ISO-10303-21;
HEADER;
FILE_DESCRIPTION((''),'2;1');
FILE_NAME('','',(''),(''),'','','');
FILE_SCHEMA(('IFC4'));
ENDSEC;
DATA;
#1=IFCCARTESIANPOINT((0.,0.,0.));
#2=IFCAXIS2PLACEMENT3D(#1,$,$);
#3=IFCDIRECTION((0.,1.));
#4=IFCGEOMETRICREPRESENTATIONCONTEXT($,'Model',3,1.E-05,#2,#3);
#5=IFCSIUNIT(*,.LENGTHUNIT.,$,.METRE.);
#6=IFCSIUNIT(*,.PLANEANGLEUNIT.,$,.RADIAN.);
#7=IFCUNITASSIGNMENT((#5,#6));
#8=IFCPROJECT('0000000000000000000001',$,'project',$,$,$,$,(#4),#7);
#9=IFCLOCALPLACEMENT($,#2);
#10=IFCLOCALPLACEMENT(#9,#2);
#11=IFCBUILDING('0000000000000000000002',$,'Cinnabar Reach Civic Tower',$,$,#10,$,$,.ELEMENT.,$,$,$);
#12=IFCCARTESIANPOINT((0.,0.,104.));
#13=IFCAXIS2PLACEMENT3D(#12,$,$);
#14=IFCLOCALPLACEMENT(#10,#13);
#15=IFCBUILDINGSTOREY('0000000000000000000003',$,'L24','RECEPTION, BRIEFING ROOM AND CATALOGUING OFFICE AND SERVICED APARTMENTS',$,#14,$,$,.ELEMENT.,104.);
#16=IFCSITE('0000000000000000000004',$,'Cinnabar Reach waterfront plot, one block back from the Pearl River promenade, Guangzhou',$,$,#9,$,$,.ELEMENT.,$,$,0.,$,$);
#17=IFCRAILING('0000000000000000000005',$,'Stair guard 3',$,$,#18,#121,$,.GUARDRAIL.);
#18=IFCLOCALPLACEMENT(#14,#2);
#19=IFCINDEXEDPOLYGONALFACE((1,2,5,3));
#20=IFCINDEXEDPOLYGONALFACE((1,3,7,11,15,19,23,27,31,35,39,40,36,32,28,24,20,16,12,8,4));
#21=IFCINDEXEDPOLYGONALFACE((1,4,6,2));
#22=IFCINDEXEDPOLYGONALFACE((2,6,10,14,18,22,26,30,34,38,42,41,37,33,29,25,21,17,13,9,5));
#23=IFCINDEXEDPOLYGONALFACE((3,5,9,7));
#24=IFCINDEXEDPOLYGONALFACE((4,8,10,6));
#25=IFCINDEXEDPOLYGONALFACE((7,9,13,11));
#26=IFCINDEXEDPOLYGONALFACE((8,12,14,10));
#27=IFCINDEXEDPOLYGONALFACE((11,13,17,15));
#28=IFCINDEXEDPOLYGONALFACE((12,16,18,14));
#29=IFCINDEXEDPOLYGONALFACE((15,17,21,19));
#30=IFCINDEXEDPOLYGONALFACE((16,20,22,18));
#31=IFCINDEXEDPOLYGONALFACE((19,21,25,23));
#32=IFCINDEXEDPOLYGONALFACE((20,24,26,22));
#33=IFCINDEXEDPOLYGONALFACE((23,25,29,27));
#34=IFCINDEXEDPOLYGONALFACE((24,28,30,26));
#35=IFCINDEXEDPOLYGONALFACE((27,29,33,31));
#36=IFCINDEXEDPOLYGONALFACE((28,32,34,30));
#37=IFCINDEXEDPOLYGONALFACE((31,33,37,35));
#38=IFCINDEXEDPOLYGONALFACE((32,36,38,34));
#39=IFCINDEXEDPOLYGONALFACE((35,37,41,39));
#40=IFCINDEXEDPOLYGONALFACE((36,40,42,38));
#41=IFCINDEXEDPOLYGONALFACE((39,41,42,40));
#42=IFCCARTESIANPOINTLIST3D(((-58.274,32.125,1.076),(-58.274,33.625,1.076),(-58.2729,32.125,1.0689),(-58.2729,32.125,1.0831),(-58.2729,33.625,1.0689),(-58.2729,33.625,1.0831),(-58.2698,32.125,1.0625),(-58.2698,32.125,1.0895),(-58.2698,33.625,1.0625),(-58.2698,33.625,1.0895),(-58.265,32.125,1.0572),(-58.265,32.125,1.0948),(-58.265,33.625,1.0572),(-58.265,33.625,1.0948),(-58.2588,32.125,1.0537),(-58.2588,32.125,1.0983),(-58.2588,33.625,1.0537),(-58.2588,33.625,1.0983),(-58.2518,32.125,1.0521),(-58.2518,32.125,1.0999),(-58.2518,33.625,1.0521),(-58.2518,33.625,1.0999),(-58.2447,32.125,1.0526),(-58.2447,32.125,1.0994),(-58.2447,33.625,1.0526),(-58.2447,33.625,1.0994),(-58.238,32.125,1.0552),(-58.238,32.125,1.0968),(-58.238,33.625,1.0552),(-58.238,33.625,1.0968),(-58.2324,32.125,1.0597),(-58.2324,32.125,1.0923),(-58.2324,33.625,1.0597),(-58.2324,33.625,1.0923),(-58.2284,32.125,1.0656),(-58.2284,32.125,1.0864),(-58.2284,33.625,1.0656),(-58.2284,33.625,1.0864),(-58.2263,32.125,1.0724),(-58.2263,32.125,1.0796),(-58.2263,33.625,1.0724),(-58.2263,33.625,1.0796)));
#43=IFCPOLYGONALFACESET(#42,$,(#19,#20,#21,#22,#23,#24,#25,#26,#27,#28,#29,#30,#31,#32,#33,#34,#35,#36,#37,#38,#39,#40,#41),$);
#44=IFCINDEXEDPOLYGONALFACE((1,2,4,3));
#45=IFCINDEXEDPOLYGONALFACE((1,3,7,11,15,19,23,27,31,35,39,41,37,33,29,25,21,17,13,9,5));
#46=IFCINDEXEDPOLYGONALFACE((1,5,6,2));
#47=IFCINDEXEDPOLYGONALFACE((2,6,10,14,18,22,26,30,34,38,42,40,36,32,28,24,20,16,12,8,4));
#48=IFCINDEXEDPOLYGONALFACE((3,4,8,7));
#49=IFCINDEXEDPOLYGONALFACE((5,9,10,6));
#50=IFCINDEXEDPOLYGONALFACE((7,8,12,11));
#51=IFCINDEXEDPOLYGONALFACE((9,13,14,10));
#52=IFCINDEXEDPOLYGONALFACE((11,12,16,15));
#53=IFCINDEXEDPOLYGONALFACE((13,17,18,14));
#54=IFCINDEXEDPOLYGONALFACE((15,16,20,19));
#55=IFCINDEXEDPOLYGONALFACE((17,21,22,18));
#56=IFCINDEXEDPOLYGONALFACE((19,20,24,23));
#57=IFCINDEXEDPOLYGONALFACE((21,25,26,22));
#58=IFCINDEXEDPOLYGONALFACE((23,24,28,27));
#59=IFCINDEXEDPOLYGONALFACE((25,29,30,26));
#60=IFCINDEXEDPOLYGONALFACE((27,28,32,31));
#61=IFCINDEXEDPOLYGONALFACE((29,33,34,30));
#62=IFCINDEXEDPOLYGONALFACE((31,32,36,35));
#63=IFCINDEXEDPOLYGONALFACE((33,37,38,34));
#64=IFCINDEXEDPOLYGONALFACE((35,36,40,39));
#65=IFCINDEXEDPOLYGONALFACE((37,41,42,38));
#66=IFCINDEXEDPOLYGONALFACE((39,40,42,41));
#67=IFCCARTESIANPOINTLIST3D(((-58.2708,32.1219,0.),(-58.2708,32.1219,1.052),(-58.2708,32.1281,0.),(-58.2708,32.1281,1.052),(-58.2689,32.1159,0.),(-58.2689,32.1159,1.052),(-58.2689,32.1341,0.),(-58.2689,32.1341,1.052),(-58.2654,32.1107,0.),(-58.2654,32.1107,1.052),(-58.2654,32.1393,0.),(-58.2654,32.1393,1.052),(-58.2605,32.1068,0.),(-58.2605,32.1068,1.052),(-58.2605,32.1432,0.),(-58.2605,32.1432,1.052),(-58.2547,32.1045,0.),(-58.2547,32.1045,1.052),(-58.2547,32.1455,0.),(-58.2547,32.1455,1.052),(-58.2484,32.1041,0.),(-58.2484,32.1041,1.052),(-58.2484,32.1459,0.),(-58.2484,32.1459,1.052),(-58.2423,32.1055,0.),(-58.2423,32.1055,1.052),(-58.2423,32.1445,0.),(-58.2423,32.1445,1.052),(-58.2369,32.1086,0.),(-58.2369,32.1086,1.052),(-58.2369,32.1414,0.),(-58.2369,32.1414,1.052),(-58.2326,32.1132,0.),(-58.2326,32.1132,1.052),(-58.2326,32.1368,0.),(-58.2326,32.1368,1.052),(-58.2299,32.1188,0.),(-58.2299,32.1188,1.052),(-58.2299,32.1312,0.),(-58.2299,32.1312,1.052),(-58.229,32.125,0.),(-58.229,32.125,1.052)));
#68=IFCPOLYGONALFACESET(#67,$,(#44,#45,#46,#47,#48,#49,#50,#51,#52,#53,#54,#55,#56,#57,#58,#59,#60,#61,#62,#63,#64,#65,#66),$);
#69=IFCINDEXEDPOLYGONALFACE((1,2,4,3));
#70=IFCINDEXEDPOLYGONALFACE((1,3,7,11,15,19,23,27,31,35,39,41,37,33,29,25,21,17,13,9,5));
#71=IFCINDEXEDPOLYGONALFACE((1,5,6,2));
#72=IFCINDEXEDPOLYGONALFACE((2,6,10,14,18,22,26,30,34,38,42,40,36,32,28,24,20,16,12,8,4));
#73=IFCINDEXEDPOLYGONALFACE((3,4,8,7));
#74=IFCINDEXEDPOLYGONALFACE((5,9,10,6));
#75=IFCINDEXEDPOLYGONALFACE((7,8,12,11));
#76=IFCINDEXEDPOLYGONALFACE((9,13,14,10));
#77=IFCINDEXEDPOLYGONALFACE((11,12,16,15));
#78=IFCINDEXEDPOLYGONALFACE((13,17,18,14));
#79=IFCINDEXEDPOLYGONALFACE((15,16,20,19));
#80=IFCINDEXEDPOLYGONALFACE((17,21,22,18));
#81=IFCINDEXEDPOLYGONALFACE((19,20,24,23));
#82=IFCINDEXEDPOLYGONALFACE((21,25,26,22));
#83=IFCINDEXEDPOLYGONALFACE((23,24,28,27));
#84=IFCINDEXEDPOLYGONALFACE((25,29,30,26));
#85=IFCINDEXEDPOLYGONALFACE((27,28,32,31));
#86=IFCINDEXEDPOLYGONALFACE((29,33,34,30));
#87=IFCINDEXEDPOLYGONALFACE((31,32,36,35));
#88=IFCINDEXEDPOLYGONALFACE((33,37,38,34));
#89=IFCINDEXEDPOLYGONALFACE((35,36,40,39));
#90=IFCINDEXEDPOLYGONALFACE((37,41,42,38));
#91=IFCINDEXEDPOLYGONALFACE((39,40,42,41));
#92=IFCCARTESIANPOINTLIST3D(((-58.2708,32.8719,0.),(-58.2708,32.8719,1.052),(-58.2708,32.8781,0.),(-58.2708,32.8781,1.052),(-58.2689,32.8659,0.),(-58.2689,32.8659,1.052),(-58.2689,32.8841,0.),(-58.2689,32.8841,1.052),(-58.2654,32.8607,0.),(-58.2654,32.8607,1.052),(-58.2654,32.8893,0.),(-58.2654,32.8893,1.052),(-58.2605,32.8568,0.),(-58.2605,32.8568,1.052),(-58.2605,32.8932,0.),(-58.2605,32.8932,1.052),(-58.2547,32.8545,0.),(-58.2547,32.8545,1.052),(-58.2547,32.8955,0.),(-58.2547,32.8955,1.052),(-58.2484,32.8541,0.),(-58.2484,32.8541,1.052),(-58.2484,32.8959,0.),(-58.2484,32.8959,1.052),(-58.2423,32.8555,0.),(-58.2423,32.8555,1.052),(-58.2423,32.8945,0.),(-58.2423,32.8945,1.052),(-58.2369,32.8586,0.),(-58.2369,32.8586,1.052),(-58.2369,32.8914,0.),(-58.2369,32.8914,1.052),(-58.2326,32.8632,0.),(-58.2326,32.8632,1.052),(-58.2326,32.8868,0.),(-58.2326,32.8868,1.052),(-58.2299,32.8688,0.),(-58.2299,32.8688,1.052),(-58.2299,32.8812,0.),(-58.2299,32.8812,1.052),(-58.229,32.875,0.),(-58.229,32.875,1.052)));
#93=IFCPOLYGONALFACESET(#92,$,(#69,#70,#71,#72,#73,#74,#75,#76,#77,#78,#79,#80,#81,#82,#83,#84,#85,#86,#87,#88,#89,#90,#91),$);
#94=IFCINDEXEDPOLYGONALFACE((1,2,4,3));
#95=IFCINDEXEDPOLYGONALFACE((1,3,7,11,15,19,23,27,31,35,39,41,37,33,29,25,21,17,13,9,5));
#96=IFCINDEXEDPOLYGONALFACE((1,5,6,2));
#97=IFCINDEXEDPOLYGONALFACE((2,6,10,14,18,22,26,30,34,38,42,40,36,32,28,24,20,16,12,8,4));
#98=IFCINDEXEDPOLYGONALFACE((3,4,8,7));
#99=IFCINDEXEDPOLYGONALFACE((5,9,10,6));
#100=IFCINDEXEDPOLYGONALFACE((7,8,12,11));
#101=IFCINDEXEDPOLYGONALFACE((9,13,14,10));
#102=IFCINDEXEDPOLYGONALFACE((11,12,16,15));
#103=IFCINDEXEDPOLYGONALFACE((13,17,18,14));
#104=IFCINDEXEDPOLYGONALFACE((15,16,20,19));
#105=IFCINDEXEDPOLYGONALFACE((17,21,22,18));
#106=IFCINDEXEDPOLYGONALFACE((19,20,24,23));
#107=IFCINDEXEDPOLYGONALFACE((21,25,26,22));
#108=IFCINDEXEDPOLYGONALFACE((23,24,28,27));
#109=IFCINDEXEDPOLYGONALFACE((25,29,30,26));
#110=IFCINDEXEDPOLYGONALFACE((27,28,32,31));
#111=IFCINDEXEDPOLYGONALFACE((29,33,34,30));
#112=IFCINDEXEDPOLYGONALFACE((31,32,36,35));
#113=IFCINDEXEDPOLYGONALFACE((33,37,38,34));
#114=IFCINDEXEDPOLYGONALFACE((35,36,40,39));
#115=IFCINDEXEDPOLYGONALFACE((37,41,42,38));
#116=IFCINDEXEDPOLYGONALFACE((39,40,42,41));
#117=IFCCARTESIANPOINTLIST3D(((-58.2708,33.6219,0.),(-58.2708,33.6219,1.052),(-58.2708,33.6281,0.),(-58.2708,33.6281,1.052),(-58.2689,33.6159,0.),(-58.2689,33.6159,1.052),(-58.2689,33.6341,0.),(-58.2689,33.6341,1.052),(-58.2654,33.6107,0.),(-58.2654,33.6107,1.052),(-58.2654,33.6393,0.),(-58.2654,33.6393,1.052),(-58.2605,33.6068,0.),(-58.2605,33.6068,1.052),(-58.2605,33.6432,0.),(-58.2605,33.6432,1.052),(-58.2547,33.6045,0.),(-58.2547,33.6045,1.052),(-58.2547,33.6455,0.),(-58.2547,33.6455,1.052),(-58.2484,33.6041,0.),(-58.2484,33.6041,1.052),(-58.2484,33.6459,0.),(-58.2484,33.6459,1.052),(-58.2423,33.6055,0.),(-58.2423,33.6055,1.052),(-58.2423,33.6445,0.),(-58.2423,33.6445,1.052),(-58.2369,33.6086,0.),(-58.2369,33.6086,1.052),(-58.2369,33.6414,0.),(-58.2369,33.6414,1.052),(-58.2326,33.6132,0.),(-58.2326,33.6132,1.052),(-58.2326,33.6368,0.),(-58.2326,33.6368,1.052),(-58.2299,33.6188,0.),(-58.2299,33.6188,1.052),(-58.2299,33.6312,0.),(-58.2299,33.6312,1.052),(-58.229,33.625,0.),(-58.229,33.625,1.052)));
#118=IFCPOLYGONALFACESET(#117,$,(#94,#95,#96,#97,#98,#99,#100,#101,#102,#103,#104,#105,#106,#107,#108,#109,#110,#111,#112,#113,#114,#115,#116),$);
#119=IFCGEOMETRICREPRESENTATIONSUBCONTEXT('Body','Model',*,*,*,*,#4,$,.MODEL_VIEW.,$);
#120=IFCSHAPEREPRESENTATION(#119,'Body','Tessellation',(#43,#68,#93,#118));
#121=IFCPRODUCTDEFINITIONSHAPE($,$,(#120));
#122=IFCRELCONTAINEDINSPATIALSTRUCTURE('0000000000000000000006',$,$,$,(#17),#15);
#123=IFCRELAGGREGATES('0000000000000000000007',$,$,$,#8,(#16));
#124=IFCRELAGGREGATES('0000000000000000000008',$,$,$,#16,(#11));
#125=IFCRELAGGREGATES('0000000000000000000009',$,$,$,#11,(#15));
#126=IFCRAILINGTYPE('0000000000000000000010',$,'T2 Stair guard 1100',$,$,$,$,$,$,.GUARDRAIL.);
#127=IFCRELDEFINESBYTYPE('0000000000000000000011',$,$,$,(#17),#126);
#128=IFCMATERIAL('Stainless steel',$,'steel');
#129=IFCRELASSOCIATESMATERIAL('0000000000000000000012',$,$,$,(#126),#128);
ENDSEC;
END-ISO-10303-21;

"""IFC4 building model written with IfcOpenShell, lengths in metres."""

from ifc_helpers import new_model, si_unit, direction, frame, origin, origin_2d, place, context, subcontext, project, spatial, circle, extrude, material, type_object, element, save


model = new_model("IFC4")

# Units and contexts
model_context = context("Model", 3, precision=1e-05, world=origin(), true_north=direction((0.0, 1.0)))
body_context = subcontext(model_context, "Body", "Model", "MODEL_VIEW")
ifc_project = project(units=[si_unit("LENGTHUNIT", "METRE"), si_unit("PLANEANGLEUNIT", "RADIAN")], contexts=[model_context])

# Site, building, storey
site_placement = place(None, origin())
site = spatial("IfcSite", under=ifc_project, at=site_placement, Name="Cinnabar Reach waterfront plot, one block back from the Pearl River promenade, Guangzhou", CompositionType="ELEMENT", RefElevation=0.0)
building_placement = place(site_placement, origin())
building = spatial("IfcBuilding", under=site, at=building_placement, Name="Cinnabar Reach Civic Tower", CompositionType="ELEMENT")
storey_placement = place(building_placement, frame((0.0, 0.0, 104.0)))
storey = spatial("IfcBuildingStorey", under=building, at=storey_placement, Name="L24", Description="RECEPTION, BRIEFING ROOM AND CATALOGUING OFFICE AND SERVICED APARTMENTS", CompositionType="ELEMENT", Elevation=104.0)

# Railing
ifc_material_1 = material(Name="Stainless steel", Category="steel")
railing_type = type_object("IfcRailingType", Name="T2 Stair guard 1100", PredefinedType="GUARDRAIL", material=ifc_material_1)
railing_1_placement = place(storey_placement, frame((-58.25, 32.125, 0.0)))
element("IfcRailing", 1, at=railing_1_placement, inside=storey, type_object=railing_type, Name="Stair guard 3", PredefinedType="GUARDRAIL", context=body_context, shape_type="SweptSolid", body=[
    extrude(circle(Radius=0.024, at=origin_2d()), frame((0.0, 0.0, 1.076), z_axis=(0.0, 1.0, 0.0), x_axis=(-1.0, 0.0, 0.0)), (0.0, 0.0, 1.0), 1.5),
    extrude(circle(Radius=0.021, at=origin_2d()), origin(), (0.0, 0.0, 1.0), 1.052),
    extrude(circle(Radius=0.021, at=origin_2d()), frame((0.0, 0.75, 0.0)), (0.0, 0.0, 1.0), 1.052),
    extrude(circle(Radius=0.021, at=origin_2d()), frame((0.0, 1.5, 0.0)), (0.0, 0.0, 1.0), 1.052),
])

save(model, "model.ifc")
